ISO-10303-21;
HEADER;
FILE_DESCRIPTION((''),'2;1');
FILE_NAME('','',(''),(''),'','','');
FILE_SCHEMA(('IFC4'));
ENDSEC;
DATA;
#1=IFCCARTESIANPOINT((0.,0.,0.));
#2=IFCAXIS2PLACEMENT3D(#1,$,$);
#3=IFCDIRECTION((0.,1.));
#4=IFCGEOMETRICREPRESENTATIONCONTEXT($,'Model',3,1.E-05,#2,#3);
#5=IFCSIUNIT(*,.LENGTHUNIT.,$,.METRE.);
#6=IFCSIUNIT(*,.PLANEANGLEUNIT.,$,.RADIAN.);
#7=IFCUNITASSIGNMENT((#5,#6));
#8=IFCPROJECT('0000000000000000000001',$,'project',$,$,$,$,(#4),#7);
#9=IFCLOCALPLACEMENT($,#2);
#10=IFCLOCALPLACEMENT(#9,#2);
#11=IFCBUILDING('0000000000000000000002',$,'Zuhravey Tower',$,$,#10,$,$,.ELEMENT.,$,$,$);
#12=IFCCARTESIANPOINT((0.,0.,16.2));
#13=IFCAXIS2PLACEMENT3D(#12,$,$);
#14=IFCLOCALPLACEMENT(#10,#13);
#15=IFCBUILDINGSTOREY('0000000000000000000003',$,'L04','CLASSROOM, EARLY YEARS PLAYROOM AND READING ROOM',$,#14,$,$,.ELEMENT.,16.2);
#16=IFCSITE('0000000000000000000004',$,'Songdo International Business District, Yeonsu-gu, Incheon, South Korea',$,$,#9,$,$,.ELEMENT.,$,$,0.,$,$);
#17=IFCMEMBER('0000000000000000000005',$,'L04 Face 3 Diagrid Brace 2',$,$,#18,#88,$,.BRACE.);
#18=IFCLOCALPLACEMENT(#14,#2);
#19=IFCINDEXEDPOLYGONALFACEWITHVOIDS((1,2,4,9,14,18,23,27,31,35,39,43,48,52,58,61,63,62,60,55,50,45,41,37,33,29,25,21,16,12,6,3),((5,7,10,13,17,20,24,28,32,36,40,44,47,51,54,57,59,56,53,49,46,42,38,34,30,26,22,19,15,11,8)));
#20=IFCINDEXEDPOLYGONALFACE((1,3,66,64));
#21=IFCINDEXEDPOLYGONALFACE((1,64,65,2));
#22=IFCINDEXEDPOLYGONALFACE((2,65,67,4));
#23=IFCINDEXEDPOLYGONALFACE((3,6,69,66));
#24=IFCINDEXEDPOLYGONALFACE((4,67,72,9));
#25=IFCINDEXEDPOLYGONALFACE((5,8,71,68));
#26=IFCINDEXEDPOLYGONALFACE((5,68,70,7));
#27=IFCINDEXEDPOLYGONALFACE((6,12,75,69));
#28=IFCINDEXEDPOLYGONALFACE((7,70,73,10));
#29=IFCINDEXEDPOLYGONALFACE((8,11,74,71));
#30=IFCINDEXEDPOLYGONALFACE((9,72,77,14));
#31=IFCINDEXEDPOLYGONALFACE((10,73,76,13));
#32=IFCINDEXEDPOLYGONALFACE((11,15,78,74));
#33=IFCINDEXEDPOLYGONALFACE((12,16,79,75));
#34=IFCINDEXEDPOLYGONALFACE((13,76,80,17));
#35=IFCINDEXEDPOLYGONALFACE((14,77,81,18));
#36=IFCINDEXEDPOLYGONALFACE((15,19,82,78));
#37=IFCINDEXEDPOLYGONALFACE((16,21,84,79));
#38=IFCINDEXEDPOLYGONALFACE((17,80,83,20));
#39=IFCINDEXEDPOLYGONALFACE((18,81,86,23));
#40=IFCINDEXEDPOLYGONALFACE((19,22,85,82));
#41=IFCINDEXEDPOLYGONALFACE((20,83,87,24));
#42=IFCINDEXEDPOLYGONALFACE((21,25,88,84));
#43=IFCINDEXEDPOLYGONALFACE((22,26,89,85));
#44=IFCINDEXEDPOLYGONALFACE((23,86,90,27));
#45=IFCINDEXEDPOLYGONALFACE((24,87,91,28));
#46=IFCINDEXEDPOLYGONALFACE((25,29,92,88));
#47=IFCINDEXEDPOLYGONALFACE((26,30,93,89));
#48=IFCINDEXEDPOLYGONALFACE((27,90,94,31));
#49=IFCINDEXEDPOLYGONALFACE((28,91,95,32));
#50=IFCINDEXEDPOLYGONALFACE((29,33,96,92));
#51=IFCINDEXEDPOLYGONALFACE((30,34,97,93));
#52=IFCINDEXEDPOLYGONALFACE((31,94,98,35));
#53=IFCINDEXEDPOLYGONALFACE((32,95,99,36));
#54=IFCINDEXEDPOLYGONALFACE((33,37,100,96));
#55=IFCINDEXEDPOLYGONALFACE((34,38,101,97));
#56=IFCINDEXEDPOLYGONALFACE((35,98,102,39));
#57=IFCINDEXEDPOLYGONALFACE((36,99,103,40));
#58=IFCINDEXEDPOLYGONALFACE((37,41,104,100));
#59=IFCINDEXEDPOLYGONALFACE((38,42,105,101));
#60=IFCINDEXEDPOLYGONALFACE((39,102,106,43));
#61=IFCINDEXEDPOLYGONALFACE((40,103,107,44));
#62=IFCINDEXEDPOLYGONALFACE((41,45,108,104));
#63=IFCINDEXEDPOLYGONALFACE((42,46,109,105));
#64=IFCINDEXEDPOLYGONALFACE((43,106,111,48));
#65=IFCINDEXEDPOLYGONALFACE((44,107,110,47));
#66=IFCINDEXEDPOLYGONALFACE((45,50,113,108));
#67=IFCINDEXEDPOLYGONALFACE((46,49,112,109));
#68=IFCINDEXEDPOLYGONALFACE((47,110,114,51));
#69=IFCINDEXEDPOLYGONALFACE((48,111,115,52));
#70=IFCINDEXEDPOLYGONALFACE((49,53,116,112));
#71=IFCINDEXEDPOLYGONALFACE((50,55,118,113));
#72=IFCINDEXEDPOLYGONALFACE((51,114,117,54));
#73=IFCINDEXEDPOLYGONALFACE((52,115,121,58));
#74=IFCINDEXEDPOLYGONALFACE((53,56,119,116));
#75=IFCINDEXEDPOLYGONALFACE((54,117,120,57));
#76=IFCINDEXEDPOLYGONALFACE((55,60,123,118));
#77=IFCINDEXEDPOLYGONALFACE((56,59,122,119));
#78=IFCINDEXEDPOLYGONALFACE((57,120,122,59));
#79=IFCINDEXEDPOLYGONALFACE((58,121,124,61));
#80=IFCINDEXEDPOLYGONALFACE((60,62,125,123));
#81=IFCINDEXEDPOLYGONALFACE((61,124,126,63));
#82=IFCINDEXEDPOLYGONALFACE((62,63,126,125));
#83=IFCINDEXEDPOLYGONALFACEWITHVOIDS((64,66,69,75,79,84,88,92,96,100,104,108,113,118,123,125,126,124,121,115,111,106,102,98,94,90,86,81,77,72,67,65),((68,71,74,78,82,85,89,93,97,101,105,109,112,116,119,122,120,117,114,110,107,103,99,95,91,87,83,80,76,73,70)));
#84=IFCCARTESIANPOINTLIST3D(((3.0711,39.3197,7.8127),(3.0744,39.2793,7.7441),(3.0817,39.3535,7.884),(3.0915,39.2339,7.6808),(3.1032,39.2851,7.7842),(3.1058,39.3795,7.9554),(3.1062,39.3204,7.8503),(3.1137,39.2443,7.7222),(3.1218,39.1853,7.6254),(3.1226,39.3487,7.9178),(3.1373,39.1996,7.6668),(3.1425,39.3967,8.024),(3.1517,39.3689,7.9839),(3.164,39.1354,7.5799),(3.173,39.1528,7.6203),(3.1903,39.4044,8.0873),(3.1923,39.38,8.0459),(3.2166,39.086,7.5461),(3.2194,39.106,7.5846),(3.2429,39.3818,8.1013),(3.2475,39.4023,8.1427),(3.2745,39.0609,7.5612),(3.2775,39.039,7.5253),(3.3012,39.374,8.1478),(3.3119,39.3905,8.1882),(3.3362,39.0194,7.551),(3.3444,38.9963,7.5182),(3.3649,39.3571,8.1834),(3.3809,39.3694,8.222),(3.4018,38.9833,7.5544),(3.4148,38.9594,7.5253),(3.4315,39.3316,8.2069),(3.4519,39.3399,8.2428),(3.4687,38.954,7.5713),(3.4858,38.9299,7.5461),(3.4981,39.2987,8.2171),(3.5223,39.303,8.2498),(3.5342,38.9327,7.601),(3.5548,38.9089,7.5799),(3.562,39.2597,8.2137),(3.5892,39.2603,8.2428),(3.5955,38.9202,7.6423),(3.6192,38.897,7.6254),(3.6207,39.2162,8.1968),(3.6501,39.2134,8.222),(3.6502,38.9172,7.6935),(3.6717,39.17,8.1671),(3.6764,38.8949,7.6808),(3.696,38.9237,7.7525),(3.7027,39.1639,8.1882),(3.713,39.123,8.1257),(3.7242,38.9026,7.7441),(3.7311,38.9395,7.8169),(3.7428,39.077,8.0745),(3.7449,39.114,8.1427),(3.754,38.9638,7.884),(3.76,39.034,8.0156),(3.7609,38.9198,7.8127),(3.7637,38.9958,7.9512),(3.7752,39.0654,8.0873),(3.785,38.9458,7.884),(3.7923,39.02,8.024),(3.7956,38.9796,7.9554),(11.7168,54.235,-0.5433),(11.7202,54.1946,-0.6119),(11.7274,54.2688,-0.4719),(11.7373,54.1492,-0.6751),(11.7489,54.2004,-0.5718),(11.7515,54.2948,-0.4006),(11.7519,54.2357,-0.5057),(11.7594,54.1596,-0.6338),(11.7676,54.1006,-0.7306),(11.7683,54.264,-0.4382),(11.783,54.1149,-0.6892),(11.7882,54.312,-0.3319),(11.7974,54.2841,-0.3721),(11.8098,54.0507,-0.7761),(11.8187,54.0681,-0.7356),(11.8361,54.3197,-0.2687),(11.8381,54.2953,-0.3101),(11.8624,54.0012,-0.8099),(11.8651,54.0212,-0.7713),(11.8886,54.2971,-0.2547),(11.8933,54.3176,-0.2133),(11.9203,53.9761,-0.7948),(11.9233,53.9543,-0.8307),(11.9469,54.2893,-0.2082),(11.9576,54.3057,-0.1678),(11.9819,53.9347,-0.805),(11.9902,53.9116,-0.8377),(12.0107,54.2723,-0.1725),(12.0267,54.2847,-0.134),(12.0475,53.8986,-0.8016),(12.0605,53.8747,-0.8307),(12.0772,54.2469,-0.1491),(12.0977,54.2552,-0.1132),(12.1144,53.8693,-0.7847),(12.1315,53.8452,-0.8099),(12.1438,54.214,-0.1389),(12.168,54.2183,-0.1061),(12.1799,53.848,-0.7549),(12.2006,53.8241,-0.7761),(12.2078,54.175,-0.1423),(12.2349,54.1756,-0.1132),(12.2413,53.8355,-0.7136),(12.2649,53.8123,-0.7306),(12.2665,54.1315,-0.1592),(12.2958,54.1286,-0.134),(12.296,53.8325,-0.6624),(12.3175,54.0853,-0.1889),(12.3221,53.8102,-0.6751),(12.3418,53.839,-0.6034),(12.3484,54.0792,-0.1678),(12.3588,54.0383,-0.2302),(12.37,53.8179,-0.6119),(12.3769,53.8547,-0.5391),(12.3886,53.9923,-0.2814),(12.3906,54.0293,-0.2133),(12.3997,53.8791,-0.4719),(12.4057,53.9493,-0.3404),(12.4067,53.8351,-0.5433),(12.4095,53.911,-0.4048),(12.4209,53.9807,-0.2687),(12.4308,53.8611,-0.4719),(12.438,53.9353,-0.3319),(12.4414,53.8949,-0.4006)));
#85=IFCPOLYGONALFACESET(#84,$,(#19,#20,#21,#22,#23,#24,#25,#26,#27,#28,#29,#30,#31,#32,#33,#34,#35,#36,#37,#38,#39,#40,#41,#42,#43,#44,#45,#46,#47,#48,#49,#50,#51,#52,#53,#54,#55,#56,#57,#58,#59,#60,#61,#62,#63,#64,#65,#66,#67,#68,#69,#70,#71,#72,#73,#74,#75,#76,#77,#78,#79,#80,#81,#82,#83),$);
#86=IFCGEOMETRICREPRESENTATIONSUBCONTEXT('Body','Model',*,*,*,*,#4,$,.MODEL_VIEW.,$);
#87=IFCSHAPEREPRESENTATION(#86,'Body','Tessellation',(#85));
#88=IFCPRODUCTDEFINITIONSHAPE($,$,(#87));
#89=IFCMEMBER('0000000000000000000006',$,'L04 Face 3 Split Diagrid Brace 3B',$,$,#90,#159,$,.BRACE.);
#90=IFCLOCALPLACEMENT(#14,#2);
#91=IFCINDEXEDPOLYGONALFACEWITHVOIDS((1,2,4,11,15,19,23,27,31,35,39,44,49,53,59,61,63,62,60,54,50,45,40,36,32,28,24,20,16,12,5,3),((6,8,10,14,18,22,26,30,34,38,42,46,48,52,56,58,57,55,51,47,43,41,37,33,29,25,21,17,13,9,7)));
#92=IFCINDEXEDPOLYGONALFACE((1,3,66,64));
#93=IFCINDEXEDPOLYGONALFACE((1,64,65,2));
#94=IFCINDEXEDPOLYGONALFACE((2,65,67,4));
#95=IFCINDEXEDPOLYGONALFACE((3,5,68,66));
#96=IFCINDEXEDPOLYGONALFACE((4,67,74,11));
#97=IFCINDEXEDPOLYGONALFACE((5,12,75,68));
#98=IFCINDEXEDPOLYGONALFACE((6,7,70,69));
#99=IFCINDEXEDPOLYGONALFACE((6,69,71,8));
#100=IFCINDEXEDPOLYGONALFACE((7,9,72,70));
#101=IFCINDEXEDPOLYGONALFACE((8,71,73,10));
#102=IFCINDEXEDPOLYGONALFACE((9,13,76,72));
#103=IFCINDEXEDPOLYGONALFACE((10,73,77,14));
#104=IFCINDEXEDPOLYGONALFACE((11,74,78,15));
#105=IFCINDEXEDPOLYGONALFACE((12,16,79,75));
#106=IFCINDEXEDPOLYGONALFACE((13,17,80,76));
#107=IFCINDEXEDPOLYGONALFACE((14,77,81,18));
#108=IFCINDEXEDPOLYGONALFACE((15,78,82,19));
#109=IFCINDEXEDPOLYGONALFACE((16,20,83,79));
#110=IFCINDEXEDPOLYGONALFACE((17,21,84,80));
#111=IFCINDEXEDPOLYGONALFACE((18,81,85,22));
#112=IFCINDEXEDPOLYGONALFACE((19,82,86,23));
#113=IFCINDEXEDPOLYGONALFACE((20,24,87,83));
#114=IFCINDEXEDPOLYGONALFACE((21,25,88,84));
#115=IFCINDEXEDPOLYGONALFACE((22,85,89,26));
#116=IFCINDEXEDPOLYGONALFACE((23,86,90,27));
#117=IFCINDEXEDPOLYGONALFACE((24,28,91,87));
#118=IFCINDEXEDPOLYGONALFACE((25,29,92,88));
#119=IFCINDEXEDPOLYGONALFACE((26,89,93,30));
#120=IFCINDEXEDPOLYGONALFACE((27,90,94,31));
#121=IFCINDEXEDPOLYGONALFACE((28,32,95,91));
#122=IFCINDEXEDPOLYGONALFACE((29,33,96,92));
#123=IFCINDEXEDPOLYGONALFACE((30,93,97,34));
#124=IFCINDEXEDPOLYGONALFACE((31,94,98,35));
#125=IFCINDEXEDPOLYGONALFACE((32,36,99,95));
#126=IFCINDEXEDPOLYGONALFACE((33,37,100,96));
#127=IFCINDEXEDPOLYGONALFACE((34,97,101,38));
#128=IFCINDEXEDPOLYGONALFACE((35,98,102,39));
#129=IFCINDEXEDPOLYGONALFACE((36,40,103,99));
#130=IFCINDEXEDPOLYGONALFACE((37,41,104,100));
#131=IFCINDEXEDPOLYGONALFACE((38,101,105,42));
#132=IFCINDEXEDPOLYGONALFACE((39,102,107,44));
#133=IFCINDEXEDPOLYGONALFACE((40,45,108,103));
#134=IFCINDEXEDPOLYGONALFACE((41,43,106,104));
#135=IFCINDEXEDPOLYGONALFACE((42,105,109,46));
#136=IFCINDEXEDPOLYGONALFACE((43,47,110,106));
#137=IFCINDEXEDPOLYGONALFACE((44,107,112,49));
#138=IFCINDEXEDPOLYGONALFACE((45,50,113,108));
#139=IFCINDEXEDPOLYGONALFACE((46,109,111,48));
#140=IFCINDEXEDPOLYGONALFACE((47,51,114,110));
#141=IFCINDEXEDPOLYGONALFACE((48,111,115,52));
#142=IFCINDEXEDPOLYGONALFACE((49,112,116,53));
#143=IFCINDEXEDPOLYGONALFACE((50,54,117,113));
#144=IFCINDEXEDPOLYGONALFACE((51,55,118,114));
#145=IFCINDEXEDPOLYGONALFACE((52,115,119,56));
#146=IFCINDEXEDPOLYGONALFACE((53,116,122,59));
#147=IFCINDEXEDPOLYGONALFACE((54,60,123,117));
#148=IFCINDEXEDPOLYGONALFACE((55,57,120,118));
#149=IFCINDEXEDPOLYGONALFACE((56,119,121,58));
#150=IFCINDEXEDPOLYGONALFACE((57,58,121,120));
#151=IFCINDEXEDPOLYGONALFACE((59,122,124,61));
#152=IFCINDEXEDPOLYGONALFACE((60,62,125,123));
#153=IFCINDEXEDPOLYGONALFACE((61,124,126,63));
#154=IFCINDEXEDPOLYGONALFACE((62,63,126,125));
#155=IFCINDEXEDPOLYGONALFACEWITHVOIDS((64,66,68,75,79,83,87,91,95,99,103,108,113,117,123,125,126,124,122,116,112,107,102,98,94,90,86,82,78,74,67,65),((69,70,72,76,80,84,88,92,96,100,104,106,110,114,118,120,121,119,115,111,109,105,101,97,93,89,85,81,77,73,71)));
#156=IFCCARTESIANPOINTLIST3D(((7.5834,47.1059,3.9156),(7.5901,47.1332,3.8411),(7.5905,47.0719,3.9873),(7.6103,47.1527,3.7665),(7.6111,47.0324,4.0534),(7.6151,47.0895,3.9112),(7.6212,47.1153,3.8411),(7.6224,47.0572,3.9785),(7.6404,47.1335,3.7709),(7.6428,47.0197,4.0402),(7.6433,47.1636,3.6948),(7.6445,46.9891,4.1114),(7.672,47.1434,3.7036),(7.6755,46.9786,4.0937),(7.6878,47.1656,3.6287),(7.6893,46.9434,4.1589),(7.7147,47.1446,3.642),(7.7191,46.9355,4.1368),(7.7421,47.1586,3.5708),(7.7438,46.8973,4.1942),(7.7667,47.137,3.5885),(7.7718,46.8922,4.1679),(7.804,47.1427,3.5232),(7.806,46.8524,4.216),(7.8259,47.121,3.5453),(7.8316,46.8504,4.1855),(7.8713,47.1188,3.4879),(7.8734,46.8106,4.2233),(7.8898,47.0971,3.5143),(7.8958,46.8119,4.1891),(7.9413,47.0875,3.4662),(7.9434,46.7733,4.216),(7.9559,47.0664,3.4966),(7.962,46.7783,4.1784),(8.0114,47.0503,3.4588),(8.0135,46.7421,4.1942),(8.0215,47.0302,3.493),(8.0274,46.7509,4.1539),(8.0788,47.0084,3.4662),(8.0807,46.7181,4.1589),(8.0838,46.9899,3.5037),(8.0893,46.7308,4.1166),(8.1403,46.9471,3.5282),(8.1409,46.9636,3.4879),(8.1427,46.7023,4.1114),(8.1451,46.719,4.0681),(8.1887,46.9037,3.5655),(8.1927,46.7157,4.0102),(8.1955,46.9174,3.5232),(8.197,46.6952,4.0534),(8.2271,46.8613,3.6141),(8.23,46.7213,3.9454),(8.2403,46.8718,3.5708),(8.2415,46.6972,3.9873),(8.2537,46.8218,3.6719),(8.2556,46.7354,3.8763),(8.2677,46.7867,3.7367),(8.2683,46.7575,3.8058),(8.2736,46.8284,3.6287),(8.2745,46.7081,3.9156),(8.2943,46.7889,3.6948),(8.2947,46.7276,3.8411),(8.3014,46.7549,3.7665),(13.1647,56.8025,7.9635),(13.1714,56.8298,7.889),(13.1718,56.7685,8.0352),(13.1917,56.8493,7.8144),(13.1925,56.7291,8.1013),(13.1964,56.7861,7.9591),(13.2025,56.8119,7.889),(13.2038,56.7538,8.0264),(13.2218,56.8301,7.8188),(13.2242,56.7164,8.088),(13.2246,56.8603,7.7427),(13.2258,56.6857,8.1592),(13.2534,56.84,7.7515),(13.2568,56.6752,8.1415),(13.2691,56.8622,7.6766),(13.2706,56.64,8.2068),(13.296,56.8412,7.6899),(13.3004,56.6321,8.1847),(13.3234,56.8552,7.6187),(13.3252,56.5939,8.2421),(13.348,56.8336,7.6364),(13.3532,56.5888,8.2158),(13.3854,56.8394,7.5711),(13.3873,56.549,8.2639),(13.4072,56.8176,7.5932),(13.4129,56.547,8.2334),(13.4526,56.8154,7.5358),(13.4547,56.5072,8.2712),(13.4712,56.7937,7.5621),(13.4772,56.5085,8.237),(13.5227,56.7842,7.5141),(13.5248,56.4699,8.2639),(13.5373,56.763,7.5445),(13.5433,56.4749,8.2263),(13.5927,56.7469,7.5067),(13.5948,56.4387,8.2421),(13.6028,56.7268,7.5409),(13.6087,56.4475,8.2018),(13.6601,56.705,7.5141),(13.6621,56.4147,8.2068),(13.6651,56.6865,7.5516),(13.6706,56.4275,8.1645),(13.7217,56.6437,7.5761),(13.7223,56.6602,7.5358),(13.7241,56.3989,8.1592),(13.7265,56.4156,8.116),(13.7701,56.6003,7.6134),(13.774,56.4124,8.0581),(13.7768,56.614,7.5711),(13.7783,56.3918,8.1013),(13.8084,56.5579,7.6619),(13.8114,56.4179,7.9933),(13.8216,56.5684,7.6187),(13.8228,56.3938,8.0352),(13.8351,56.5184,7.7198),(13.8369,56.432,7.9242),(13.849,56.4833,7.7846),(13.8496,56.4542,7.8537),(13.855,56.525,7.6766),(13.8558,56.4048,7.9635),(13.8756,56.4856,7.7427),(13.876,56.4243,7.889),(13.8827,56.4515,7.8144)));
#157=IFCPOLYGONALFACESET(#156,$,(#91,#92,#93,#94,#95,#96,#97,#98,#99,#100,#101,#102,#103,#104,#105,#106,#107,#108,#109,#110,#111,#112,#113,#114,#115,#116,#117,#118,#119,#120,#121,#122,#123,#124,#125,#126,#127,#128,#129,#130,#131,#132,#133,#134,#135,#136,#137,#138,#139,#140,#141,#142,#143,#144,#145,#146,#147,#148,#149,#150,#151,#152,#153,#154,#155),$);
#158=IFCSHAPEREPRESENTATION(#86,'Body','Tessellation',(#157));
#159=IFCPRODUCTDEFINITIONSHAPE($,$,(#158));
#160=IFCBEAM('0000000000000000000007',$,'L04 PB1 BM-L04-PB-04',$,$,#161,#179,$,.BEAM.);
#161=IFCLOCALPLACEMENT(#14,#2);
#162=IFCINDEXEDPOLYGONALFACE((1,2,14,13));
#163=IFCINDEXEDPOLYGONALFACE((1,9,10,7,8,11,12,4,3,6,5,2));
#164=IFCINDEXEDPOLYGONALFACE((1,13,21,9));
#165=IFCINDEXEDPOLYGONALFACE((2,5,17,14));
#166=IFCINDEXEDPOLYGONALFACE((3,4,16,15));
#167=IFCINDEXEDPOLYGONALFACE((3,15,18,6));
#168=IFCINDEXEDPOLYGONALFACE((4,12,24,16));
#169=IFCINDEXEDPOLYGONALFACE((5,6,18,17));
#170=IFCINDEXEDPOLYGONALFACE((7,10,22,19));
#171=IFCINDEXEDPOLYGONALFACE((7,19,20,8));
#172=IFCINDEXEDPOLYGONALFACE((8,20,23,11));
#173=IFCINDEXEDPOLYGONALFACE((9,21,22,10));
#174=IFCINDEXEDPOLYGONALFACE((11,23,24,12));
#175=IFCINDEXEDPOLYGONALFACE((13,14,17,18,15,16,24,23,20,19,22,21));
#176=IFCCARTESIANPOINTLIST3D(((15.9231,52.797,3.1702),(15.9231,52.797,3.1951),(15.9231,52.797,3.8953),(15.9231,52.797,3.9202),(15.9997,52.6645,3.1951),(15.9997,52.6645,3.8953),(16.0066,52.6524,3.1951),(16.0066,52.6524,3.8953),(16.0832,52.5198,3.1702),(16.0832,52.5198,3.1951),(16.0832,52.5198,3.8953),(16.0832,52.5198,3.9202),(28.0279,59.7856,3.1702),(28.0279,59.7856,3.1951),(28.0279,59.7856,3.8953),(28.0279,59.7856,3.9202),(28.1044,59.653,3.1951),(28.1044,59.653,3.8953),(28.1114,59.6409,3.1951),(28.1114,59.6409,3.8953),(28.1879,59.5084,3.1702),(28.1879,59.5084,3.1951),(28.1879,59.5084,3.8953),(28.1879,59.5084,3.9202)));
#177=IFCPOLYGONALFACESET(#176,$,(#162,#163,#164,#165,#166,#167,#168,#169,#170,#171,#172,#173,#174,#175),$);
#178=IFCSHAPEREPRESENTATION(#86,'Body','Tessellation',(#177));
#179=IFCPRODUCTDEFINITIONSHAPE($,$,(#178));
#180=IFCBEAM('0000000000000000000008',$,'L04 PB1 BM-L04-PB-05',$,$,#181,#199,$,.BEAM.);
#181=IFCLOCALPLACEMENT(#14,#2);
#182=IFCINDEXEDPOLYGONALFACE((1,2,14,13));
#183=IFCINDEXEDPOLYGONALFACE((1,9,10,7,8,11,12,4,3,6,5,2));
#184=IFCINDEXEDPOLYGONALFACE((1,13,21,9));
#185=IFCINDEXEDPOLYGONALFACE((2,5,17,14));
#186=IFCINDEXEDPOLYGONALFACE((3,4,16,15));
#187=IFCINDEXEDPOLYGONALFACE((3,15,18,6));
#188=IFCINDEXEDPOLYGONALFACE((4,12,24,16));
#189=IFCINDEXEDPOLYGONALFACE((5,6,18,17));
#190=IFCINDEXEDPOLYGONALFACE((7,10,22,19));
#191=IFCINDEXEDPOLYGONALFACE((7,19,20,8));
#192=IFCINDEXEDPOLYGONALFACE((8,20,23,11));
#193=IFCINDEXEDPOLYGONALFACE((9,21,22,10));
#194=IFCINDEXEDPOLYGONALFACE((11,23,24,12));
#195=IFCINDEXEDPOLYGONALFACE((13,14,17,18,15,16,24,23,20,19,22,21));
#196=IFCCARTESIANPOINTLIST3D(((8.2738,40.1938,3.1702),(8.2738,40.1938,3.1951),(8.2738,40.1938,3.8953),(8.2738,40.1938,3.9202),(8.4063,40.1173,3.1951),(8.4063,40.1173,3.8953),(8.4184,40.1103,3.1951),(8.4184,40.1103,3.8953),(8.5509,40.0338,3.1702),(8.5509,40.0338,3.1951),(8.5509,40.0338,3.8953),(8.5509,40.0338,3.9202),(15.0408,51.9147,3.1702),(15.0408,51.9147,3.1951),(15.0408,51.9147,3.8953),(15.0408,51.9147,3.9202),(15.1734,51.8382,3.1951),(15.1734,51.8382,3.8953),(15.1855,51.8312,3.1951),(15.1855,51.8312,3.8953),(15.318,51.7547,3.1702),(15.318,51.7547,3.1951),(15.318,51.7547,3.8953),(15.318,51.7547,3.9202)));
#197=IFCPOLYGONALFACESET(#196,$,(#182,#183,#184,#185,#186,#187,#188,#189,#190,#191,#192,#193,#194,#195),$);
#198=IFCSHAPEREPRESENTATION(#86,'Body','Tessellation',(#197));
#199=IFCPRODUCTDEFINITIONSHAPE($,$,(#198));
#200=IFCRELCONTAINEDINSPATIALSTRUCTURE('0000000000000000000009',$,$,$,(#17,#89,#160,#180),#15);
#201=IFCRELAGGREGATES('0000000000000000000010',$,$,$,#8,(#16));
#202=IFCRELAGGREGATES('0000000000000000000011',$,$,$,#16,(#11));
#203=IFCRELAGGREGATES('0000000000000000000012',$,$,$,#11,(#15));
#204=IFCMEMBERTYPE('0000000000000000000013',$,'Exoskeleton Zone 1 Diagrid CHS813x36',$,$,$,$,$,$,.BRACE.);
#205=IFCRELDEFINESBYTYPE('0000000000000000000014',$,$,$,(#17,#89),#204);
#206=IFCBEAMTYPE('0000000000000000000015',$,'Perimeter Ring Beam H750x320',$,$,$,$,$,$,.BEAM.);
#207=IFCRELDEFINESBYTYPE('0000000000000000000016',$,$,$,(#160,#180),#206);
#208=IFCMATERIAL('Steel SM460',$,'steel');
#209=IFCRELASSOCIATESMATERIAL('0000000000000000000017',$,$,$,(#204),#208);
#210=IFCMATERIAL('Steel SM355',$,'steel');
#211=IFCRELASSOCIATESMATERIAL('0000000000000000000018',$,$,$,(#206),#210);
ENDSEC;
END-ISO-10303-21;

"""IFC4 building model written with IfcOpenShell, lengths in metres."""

from ifc_helpers import new_model, si_unit, direction, frame, origin, origin_2d, place, context, subcontext, project, spatial, hollow_circle, i_section, extrude, material, material_profile, profile_set, type_object, element, save


model = new_model("IFC4")

# Units and contexts
model_context = context("Model", 3, precision=1e-05, world=origin(), true_north=direction((0.0, 1.0)))
body_context = subcontext(model_context, "Body", "Model", "MODEL_VIEW")
ifc_project = project(units=[si_unit("LENGTHUNIT", "METRE"), si_unit("PLANEANGLEUNIT", "RADIAN")], contexts=[model_context])

# Site, building, storey
site_placement = place(None, origin())
site = spatial("IfcSite", under=ifc_project, at=site_placement, Name="Songdo International Business District, Yeonsu-gu, Incheon, South Korea", CompositionType="ELEMENT", RefElevation=0.0)
building_placement = place(site_placement, origin())
building = spatial("IfcBuilding", under=site, at=building_placement, Name="Zuhravey Tower", CompositionType="ELEMENT")
storey_placement = place(building_placement, frame((0.0, 0.0, 16.2)))
storey = spatial("IfcBuildingStorey", under=building, at=storey_placement, Name="L04", Description="CLASSROOM, EARLY YEARS PLAYROOM AND READING ROOM", CompositionType="ELEMENT", Elevation=16.2)

# Members
ifc_material_1 = material(Name="Steel SM355", Category="steel")
ifc_material_2 = material(Name="Steel SM460", Category="steel")
ifc_material_profile_1 = material_profile(ifc_material_2, hollow_circle(Radius=0.4065, WallThickness=0.0359, at=origin_2d()), Name="CHS-812.8x36")
ifc_profile_set_1 = profile_set([ifc_material_profile_1], Name="Steel SM460")
member_type_1 = type_object("IfcMemberType", Name="Exoskeleton Zone 1 Diagrid CHS813x36", PredefinedType="BRACE", material=ifc_profile_set_1)
member_1_placement = place(storey_placement, frame((12.0791, 54.0649, -0.4719), z_axis=(-0.451282, -0.778533, 0.436156), x_axis=(0.86516, -0.501496, 0.0)))
element("IfcMember", 1, at=member_1_placement, inside=storey, type_object=member_type_1, Name="L04 Face 3 Diagrid Brace 2", PredefinedType="BRACE", context=body_context, shape_type="SweptSolid", body=[
    extrude(hollow_circle(Radius=0.4065, WallThickness=0.0359, at=origin_2d()), origin(), (0.0, 0.0, 1.0), 19.1582),
])
member_2_placement = place(storey_placement, frame((7.9424, 46.9304, 3.8411), z_axis=(0.469102, 0.814982, 0.340217), x_axis=(-0.866682, 0.49886, 0.0)))
element("IfcMember", 2, at=member_2_placement, inside=storey, type_object=member_type_1, Name="L04 Face 3 Split Diagrid Brace 3B", PredefinedType="BRACE", context=body_context, shape_type="SweptSolid", body=[
    extrude(hollow_circle(Radius=0.4065, WallThickness=0.0359, at=origin_2d()), origin(), (0.0, 0.0, 1.0), 11.8979),
])

# Beams
ifc_material_profile_2 = material_profile(ifc_material_1, i_section(OverallWidth=0.3201, OverallDepth=0.75, WebThickness=0.0139, FlangeThickness=0.0249, at=origin_2d()), Name="H-750x320x14x25")
ifc_profile_set_2 = profile_set([ifc_material_profile_2], Name="Steel SM355")
beam_type_1 = type_object("IfcBeamType", Name="Perimeter Ring Beam H750x320", PredefinedType="BEAM", material=ifc_profile_set_2)
beam_1_placement = place(storey_placement, frame((28.1079, 59.647, 3.5452), z_axis=(-0.86603, -0.499992, 0.0), x_axis=(0.499992, -0.86603, 0.0)))
element("IfcBeam", 3, at=beam_1_placement, inside=storey, type_object=beam_type_1, Name="L04 PB1 BM-L04-PB-04", PredefinedType="BEAM", context=body_context, shape_type="SweptSolid", body=[
    extrude(i_section(OverallWidth=0.3201, OverallDepth=0.75, WebThickness=0.0139, FlangeThickness=0.0249, at=origin_2d()), origin(), (0.0, 0.0, 1.0), 13.9773),
])
beam_2_placement = place(storey_placement, frame((15.1794, 51.8347, 3.5452), z_axis=(-0.5, -0.866025, 0.0), x_axis=(0.866025, -0.5, 0.0)))
element("IfcBeam", 4, at=beam_2_placement, inside=storey, type_object=beam_type_1, Name="L04 PB1 BM-L04-PB-05", PredefinedType="BEAM", context=body_context, shape_type="SweptSolid", body=[
    extrude(i_section(OverallWidth=0.3201, OverallDepth=0.75, WebThickness=0.0139, FlangeThickness=0.0249, at=origin_2d()), origin(), (0.0, 0.0, 1.0), 13.5342),
])

save(model, "model.ifc")
